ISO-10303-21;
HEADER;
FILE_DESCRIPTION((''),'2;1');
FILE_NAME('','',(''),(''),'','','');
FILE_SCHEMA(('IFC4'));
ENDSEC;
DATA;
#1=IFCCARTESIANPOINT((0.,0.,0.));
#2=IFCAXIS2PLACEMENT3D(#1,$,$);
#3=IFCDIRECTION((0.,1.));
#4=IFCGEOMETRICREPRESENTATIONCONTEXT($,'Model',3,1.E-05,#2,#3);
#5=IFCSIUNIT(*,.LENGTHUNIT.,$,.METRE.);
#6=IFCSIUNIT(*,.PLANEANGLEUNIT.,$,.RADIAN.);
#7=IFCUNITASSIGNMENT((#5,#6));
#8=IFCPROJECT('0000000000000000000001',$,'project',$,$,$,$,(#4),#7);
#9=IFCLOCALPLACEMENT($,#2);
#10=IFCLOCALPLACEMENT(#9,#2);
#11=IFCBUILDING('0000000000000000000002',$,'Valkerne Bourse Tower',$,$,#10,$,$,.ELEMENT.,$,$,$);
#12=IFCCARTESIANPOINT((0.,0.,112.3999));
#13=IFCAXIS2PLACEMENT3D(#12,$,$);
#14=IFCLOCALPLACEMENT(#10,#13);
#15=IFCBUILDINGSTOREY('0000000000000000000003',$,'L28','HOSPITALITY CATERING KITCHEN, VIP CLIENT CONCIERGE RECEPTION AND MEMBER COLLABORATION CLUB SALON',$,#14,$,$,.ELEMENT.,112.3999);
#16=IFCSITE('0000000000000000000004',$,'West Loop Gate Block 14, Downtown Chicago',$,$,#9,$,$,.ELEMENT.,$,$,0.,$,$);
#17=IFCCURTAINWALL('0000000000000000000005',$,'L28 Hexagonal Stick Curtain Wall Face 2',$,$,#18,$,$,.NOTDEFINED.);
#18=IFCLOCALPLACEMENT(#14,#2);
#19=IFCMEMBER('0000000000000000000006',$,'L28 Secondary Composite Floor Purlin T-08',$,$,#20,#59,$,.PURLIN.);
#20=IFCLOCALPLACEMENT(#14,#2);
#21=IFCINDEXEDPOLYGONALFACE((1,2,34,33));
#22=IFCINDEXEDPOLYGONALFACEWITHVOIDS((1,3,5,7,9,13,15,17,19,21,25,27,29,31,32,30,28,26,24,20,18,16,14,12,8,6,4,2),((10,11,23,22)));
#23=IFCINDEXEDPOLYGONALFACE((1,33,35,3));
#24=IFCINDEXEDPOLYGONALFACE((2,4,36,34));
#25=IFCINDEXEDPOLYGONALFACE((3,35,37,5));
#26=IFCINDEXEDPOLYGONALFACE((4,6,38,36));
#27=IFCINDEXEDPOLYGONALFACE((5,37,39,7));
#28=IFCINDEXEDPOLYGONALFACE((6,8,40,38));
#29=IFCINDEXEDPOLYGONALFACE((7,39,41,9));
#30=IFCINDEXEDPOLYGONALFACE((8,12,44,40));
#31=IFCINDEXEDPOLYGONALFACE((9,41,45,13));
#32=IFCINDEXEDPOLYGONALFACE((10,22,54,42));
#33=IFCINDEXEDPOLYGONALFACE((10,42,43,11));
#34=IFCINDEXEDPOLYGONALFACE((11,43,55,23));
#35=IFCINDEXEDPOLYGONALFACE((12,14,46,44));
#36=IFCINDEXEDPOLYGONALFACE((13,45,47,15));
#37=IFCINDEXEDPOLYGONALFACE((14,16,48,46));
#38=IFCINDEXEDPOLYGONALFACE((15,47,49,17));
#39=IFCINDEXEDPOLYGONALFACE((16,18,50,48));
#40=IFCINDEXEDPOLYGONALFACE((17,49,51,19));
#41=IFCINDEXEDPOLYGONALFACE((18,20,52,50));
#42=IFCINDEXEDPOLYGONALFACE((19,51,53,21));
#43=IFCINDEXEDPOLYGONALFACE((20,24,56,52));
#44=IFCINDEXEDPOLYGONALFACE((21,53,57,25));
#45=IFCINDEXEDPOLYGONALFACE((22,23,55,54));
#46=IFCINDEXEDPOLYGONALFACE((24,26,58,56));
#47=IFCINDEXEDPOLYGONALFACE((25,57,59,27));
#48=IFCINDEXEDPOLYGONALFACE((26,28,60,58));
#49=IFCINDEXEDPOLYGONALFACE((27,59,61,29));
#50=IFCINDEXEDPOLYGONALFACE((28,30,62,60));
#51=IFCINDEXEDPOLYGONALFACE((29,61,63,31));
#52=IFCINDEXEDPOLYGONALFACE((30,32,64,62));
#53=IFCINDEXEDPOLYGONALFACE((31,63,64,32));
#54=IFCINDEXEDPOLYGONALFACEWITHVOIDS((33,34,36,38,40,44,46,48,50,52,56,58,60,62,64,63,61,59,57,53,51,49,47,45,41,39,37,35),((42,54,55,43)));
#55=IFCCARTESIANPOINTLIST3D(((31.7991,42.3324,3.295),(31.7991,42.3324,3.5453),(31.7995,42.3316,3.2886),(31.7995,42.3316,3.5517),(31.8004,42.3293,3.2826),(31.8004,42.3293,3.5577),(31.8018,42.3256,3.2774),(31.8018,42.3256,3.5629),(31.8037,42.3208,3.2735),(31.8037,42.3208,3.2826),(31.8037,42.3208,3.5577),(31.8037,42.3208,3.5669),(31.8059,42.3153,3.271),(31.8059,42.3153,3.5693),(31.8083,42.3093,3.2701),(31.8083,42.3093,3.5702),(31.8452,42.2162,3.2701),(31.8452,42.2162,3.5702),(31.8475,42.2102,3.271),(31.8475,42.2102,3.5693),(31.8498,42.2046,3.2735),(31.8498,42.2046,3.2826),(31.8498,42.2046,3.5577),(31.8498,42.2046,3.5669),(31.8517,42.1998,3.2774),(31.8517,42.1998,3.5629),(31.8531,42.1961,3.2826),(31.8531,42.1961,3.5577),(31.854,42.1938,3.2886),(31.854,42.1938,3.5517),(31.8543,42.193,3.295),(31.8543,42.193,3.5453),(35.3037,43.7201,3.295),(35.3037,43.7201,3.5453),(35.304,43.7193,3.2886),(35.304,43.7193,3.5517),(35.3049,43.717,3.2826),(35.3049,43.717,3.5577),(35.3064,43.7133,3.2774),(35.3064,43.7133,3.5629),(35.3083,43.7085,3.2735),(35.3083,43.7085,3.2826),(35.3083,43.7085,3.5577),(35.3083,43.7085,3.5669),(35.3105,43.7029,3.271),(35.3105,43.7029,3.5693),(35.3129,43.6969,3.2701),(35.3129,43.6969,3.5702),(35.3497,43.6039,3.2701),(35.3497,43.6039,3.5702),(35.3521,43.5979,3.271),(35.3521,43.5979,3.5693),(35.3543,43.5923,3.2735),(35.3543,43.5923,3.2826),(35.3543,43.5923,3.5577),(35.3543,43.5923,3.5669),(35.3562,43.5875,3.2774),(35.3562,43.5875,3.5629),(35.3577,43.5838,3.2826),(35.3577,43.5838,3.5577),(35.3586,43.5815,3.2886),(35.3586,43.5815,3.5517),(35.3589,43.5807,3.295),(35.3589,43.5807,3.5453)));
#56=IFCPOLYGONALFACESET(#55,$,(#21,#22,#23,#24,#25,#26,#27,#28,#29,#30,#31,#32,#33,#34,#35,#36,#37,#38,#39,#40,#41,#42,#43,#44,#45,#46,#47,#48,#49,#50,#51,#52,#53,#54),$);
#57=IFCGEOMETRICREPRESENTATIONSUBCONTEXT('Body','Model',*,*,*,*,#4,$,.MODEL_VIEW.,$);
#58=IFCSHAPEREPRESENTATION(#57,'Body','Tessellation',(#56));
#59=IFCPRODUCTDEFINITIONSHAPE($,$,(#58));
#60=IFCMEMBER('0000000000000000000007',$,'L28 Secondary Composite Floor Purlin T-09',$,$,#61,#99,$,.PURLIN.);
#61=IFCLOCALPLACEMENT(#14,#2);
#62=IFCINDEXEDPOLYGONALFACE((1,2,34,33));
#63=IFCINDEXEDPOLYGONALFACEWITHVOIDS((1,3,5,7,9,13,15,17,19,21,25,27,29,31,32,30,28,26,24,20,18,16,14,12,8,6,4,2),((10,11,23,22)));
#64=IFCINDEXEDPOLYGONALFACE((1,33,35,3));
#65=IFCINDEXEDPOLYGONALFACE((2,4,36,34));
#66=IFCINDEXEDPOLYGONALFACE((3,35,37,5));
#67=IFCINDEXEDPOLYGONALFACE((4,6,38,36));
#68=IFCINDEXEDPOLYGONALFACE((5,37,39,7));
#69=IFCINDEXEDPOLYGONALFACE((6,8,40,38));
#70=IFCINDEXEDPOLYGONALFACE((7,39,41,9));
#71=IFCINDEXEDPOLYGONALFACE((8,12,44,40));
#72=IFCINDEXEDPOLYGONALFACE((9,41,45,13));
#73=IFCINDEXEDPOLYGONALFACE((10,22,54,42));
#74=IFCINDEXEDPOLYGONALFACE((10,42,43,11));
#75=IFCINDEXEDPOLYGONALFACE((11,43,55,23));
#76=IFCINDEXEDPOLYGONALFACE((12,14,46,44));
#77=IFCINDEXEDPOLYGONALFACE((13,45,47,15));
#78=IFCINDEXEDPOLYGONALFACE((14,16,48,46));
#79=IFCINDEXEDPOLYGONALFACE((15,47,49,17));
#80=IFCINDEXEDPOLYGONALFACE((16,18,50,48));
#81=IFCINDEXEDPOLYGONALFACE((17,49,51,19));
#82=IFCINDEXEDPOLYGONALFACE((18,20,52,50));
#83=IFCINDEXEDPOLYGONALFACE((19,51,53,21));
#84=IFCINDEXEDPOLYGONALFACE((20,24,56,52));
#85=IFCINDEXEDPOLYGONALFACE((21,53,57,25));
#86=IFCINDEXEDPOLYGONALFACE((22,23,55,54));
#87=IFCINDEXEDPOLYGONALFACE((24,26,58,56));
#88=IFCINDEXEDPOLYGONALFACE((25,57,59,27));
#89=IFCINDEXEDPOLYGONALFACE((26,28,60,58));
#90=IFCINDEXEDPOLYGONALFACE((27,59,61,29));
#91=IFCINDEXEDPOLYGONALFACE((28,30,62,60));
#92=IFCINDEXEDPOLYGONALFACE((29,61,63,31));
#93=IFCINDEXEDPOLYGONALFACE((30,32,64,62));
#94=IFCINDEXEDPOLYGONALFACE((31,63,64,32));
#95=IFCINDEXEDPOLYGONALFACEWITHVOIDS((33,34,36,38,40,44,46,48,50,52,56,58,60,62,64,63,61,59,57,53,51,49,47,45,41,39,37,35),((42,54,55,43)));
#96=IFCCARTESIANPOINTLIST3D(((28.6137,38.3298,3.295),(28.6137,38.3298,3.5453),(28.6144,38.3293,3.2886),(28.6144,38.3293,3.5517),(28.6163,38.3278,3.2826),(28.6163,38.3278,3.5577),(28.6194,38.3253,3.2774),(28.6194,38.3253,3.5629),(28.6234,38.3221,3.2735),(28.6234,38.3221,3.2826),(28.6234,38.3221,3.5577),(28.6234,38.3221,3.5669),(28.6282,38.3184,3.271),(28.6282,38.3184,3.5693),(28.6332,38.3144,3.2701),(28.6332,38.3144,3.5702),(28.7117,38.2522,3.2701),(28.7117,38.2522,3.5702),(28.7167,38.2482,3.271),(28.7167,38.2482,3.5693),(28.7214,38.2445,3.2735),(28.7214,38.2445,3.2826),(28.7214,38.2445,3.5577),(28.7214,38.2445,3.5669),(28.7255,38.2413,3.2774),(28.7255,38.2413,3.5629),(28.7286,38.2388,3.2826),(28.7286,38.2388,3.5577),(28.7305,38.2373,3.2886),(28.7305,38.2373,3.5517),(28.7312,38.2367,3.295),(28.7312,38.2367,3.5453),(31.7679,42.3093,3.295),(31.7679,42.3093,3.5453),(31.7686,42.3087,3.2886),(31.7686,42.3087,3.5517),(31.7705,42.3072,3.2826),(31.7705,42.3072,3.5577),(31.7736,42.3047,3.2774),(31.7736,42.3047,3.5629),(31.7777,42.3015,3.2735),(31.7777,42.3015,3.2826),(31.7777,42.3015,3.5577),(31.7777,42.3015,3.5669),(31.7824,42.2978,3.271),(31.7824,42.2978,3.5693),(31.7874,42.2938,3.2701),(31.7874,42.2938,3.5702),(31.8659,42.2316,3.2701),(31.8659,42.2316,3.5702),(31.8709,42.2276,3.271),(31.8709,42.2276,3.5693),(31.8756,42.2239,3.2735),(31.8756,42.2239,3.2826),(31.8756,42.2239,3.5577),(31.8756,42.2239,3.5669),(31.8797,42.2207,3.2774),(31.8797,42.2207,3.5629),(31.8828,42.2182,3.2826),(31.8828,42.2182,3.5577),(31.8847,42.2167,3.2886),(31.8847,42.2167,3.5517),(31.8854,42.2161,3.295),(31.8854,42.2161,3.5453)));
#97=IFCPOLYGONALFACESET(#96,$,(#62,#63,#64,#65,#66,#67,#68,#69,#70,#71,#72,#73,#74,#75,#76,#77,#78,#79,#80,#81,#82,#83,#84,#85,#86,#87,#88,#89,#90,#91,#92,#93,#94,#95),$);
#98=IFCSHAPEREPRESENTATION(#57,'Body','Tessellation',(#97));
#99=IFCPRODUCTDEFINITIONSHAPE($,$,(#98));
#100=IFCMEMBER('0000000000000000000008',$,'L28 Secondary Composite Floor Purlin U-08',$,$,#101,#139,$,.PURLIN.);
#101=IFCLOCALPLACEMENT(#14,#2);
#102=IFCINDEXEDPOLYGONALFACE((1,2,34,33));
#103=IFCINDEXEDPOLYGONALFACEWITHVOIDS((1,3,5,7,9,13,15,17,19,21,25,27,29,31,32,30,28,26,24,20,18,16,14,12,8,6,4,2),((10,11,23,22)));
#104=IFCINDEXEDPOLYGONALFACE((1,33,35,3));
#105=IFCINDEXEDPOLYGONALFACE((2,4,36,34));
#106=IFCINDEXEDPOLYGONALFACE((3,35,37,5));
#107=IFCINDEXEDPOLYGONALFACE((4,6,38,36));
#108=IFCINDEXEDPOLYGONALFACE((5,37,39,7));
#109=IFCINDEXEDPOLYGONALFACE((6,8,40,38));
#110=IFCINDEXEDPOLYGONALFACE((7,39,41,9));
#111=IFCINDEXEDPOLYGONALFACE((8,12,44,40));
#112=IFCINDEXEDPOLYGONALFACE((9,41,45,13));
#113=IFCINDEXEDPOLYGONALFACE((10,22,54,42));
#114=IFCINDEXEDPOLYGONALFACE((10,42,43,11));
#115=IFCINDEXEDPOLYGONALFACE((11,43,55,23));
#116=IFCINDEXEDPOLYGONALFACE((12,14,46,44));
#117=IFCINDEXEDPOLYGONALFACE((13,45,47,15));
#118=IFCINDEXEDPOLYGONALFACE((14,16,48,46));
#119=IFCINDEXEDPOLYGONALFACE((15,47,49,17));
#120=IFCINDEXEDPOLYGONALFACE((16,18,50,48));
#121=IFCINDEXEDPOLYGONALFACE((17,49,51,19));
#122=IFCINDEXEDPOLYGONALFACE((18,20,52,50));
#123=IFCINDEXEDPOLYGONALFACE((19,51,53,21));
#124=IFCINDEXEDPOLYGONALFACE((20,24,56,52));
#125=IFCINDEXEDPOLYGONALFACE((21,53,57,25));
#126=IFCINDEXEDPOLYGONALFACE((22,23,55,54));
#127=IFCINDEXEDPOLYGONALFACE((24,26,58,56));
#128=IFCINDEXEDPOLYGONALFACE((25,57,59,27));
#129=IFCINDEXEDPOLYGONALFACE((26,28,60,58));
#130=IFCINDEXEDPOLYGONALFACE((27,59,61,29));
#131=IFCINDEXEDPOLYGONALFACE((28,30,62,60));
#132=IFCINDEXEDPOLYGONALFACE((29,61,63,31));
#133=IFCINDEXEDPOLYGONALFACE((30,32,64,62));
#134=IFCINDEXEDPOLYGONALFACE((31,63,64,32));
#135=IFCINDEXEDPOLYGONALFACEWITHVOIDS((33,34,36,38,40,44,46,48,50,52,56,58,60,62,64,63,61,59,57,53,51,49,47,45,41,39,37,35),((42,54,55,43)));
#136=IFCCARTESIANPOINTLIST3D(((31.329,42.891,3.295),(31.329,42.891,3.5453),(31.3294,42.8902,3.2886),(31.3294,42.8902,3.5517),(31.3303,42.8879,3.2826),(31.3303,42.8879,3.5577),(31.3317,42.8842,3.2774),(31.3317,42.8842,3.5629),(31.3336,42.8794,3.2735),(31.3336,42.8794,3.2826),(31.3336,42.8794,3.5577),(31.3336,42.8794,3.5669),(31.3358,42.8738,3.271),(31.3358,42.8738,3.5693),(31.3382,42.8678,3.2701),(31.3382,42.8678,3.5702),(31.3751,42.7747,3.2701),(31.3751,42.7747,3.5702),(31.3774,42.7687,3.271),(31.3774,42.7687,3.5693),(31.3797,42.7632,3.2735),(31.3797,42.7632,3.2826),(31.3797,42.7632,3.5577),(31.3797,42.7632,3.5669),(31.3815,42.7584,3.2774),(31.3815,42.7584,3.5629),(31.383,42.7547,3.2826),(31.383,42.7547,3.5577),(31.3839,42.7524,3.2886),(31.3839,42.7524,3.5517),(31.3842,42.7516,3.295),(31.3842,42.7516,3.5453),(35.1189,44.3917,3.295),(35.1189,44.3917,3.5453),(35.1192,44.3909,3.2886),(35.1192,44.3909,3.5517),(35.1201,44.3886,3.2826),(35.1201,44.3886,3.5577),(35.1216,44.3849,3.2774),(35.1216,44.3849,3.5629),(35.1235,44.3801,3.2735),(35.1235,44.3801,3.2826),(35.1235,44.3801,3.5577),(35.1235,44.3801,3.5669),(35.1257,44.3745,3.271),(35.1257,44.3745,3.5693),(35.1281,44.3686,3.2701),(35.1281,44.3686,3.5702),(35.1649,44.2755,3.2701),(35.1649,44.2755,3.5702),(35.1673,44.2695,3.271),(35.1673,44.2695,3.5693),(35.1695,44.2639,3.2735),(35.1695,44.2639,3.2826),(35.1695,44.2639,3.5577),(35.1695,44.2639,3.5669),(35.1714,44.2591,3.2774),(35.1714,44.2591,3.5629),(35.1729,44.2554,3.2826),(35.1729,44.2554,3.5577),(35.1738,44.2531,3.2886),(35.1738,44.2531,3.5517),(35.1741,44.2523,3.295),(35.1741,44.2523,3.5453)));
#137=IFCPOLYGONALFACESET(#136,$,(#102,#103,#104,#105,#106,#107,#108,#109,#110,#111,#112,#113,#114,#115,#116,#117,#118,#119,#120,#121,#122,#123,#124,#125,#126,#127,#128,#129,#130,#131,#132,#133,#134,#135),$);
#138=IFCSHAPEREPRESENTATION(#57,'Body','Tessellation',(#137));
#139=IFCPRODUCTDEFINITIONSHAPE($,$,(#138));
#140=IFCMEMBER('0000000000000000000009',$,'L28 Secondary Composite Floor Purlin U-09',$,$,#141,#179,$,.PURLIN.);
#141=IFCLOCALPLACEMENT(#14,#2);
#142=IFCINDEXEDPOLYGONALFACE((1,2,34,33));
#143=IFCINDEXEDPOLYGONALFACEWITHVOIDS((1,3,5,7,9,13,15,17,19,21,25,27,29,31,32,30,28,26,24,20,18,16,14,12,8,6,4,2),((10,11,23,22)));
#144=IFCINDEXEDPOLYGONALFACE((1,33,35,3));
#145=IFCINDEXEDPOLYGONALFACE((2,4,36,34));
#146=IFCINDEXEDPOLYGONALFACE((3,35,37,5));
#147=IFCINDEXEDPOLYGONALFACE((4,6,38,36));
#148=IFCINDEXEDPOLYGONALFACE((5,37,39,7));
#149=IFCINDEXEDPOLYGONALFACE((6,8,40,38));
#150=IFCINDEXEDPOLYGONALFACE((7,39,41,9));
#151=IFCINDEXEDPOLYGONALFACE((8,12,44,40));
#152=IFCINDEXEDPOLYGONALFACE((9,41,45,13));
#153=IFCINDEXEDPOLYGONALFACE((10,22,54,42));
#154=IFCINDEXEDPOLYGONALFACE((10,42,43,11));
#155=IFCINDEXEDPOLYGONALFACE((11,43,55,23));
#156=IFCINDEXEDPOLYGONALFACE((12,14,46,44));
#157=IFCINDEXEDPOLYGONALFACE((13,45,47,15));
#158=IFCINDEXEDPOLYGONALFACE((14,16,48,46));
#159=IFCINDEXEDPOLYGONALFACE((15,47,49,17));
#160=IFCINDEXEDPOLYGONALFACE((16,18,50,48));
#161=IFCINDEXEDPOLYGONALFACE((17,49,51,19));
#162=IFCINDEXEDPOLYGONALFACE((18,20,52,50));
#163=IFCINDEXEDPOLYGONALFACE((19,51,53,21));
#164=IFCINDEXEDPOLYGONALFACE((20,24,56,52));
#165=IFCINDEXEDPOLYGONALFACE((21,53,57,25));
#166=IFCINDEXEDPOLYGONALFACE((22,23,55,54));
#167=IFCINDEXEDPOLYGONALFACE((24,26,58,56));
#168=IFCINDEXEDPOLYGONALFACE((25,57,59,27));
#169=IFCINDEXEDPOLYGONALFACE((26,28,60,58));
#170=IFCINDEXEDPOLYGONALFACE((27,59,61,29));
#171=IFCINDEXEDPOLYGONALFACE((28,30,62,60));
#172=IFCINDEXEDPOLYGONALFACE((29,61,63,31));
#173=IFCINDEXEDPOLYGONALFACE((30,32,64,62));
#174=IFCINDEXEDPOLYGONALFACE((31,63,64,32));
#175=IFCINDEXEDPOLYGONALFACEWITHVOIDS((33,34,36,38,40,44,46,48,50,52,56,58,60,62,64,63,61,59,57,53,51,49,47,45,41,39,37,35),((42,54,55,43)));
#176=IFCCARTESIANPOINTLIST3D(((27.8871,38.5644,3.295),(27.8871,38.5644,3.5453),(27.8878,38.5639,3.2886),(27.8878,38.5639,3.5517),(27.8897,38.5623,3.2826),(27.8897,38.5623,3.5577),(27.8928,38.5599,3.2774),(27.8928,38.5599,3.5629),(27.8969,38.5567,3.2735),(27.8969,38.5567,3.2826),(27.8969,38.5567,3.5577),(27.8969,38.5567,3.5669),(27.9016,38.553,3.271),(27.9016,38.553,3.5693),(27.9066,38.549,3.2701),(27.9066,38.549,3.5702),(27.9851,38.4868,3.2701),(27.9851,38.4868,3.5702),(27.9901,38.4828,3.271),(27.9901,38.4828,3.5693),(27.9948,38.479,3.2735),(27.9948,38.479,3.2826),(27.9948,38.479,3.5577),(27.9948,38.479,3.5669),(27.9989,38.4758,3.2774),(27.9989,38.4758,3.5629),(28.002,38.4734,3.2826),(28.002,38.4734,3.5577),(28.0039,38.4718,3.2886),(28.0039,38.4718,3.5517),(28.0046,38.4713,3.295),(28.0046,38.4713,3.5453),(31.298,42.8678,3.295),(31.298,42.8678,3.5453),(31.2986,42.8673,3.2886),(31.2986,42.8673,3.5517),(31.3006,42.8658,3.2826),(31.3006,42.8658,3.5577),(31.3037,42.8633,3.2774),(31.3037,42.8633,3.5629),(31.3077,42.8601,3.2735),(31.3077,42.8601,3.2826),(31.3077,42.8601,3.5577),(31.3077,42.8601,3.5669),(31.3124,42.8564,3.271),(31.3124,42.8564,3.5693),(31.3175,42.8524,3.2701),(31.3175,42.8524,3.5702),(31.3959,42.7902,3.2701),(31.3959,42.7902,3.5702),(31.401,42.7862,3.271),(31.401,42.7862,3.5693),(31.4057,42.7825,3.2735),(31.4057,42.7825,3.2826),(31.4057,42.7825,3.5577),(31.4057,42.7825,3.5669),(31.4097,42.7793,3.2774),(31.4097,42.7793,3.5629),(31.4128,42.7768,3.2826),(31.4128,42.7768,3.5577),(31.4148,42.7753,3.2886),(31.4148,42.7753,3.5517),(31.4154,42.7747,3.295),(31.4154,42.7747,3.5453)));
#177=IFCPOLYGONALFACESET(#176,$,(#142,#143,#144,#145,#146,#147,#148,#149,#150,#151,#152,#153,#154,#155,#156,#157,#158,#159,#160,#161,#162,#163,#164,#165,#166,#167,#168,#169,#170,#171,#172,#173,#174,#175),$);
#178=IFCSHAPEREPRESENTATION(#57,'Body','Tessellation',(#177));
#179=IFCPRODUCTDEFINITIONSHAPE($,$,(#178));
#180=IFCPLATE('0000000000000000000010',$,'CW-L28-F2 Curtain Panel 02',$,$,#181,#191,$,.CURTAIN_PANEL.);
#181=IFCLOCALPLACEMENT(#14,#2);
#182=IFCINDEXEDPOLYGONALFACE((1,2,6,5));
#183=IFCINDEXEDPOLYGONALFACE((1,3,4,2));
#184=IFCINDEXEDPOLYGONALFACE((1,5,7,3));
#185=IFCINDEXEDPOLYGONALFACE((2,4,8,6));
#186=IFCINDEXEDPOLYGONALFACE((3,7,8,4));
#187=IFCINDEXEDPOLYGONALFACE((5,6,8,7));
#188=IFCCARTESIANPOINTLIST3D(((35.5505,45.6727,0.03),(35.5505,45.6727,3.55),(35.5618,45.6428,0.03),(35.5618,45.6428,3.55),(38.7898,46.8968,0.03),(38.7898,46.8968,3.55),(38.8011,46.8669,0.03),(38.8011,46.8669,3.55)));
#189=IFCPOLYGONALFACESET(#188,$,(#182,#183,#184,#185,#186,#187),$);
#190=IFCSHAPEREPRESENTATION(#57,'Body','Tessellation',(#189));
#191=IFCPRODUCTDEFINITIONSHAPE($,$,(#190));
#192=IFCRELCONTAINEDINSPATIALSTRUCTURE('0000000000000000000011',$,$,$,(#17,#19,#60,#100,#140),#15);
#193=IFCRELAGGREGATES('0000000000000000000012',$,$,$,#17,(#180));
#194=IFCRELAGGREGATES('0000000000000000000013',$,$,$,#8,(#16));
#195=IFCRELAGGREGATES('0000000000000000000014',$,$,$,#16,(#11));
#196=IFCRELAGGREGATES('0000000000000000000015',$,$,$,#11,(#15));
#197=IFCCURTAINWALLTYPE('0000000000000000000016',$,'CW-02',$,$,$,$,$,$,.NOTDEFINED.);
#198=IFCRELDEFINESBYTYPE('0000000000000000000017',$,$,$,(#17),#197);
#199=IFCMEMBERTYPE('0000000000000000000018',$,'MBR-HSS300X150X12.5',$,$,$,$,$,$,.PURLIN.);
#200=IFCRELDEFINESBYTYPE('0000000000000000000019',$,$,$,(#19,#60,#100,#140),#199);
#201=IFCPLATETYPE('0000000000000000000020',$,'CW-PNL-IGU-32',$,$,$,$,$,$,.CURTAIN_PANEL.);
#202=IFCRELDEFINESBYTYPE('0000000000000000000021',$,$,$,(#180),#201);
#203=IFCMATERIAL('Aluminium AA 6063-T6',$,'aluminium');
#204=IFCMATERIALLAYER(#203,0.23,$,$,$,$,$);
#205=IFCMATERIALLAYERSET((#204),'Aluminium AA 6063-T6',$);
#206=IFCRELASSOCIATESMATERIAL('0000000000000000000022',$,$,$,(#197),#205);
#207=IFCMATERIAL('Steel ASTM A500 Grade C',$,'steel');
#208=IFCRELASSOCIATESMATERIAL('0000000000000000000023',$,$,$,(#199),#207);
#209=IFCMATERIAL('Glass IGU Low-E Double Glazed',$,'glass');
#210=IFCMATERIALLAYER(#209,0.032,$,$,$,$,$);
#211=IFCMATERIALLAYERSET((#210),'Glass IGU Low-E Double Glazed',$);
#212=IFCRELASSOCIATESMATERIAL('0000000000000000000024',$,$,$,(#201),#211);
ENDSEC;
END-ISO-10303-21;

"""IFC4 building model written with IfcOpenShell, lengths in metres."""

from ifc_helpers import new_model, si_unit, direction, frame, origin, origin_2d, place, context, subcontext, project, spatial, rectangle, hollow_rectangle, extrude, material, layer, layer_set, material_profile, profile_set, type_object, element, aggregate, save


model = new_model("IFC4")

# Units and contexts
model_context = context("Model", 3, precision=1e-05, world=origin(), true_north=direction((0.0, 1.0)))
body_context = subcontext(model_context, "Body", "Model", "MODEL_VIEW")
ifc_project = project(units=[si_unit("LENGTHUNIT", "METRE"), si_unit("PLANEANGLEUNIT", "RADIAN")], contexts=[model_context])

# Site, building, storey
site_placement = place(None, origin())
site = spatial("IfcSite", under=ifc_project, at=site_placement, Name="West Loop Gate Block 14, Downtown Chicago", CompositionType="ELEMENT", RefElevation=0.0)
building_placement = place(site_placement, origin())
building = spatial("IfcBuilding", under=site, at=building_placement, Name="Valkerne Bourse Tower", CompositionType="ELEMENT")
storey_placement = place(building_placement, frame((0.0, 0.0, 112.3999)))
storey = spatial("IfcBuildingStorey", under=building, at=storey_placement, Name="L28", Description="HOSPITALITY CATERING KITCHEN, VIP CLIENT CONCIERGE RECEPTION AND MEMBER COLLABORATION CLUB SALON", CompositionType="ELEMENT", Elevation=112.3999)

# Curtain wall
ifc_material_1 = material(Name="Aluminium AA 6063-T6", Category="aluminium")
ifc_layer_1 = layer(ifc_material_1, 0.23)
ifc_layer_set_1 = layer_set([ifc_layer_1], Name="Aluminium AA 6063-T6")
curtain_wall_type = type_object("IfcCurtainWallType", Name="CW-02", PredefinedType="NOTDEFINED", material=ifc_layer_set_1)
curtain_wall_1_placement = place(storey_placement, origin())
curtain_wall_1 = element("IfcCurtainWall", 1, at=curtain_wall_1_placement, inside=storey, type_object=curtain_wall_type, Name="L28 Hexagonal Stick Curtain Wall Face 2", PredefinedType="NOTDEFINED")

# Members
ifc_material_2 = material(Name="Steel ASTM A500 Grade C", Category="steel")
ifc_material_profile_1 = material_profile(ifc_material_2, hollow_rectangle(XDim=0.1499, YDim=0.3, WallThickness=0.0125, OuterFilletRadius=0.0249, at=origin_2d()), Name="HSS300X150X12.5")
ifc_profile_set_1 = profile_set([ifc_material_profile_1], Name="Steel ASTM A500 Grade C")
member_type_1 = type_object("IfcMemberType", Name="MBR-HSS300X150X12.5", PredefinedType="PURLIN", material=ifc_profile_set_1)
member_1_placement = place(storey_placement, frame((35.3313, 43.6504, 3.4202), z_axis=(-0.929766, -0.36815, 0.0), x_axis=(0.36815, -0.929766, 0.0)))
element("IfcMember", 2, at=member_1_placement, inside=storey, type_object=member_type_1, Name="L28 Secondary Composite Floor Purlin T-08", PredefinedType="PURLIN", context=body_context, shape_type="SweptSolid", body=[
    extrude(hollow_rectangle(XDim=0.1499, YDim=0.3, WallThickness=0.0125, OuterFilletRadius=0.0249, at=origin_2d()), origin(), (0.0, 0.0, 1.0), 3.7693),
])
member_2_placement = place(storey_placement, frame((31.8267, 42.2627, 3.4202), z_axis=(-0.621171, -0.783675, 0.0), x_axis=(0.783675, -0.621171, 0.0)))
element("IfcMember", 3, at=member_2_placement, inside=storey, type_object=member_type_1, Name="L28 Secondary Composite Floor Purlin T-09", PredefinedType="PURLIN", context=body_context, shape_type="SweptSolid", body=[
    extrude(hollow_rectangle(XDim=0.1499, YDim=0.3, WallThickness=0.0125, OuterFilletRadius=0.0249, at=origin_2d()), origin(), (0.0, 0.0, 1.0), 5.0779),
])
member_3_placement = place(storey_placement, frame((35.1465, 44.322, 3.4202), z_axis=(-0.929756, -0.368177, 0.0), x_axis=(0.368177, -0.929756, 0.0)))
element("IfcMember", 4, at=member_3_placement, inside=storey, type_object=member_type_1, Name="L28 Secondary Composite Floor Purlin U-08", PredefinedType="PURLIN", context=body_context, shape_type="SweptSolid", body=[
    extrude(hollow_rectangle(XDim=0.1499, YDim=0.3, WallThickness=0.0125, OuterFilletRadius=0.0249, at=origin_2d()), origin(), (0.0, 0.0, 1.0), 4.0762),
])
member_4_placement = place(storey_placement, frame((31.3567, 42.8213, 3.4202), z_axis=(-0.621148, -0.783693, 0.0), x_axis=(0.783693, -0.621148, 0.0)))
element("IfcMember", 5, at=member_4_placement, inside=storey, type_object=member_type_1, Name="L28 Secondary Composite Floor Purlin U-09", PredefinedType="PURLIN", context=body_context, shape_type="SweptSolid", body=[
    extrude(hollow_rectangle(XDim=0.1499, YDim=0.3, WallThickness=0.0125, OuterFilletRadius=0.0249, at=origin_2d()), origin(), (0.0, 0.0, 1.0), 5.4912),
])

# Plate
ifc_material_3 = material(Name="Glass IGU Low-E Double Glazed", Category="glass")
ifc_layer_2 = layer(ifc_material_3, 0.032)
ifc_layer_set_2 = layer_set([ifc_layer_2], Name="Glass IGU Low-E Double Glazed")
plate_type = type_object("IfcPlateType", Name="CW-PNL-IGU-32", PredefinedType="CURTAIN_PANEL", material=ifc_layer_set_2)
plate_1_placement = place(storey_placement, frame((37.1758, 46.2698, 0.03), z_axis=(0.0, 0.0, 1.0), x_axis=(-0.935441, -0.353483, 0.0)))
plate_1 = element("IfcPlate", 6, at=plate_1_placement, type_object=plate_type, Name="CW-L28-F2 Curtain Panel 02", PredefinedType="CURTAIN_PANEL", context=body_context, shape_type="SweptSolid", body=[
    extrude(rectangle(XDim=3.4629, YDim=0.032, at=origin_2d()), origin(), (0.0, 0.0, 1.0), 3.52),
])
aggregate(curtain_wall_1, [plate_1])

save(model, "model.ifc")
